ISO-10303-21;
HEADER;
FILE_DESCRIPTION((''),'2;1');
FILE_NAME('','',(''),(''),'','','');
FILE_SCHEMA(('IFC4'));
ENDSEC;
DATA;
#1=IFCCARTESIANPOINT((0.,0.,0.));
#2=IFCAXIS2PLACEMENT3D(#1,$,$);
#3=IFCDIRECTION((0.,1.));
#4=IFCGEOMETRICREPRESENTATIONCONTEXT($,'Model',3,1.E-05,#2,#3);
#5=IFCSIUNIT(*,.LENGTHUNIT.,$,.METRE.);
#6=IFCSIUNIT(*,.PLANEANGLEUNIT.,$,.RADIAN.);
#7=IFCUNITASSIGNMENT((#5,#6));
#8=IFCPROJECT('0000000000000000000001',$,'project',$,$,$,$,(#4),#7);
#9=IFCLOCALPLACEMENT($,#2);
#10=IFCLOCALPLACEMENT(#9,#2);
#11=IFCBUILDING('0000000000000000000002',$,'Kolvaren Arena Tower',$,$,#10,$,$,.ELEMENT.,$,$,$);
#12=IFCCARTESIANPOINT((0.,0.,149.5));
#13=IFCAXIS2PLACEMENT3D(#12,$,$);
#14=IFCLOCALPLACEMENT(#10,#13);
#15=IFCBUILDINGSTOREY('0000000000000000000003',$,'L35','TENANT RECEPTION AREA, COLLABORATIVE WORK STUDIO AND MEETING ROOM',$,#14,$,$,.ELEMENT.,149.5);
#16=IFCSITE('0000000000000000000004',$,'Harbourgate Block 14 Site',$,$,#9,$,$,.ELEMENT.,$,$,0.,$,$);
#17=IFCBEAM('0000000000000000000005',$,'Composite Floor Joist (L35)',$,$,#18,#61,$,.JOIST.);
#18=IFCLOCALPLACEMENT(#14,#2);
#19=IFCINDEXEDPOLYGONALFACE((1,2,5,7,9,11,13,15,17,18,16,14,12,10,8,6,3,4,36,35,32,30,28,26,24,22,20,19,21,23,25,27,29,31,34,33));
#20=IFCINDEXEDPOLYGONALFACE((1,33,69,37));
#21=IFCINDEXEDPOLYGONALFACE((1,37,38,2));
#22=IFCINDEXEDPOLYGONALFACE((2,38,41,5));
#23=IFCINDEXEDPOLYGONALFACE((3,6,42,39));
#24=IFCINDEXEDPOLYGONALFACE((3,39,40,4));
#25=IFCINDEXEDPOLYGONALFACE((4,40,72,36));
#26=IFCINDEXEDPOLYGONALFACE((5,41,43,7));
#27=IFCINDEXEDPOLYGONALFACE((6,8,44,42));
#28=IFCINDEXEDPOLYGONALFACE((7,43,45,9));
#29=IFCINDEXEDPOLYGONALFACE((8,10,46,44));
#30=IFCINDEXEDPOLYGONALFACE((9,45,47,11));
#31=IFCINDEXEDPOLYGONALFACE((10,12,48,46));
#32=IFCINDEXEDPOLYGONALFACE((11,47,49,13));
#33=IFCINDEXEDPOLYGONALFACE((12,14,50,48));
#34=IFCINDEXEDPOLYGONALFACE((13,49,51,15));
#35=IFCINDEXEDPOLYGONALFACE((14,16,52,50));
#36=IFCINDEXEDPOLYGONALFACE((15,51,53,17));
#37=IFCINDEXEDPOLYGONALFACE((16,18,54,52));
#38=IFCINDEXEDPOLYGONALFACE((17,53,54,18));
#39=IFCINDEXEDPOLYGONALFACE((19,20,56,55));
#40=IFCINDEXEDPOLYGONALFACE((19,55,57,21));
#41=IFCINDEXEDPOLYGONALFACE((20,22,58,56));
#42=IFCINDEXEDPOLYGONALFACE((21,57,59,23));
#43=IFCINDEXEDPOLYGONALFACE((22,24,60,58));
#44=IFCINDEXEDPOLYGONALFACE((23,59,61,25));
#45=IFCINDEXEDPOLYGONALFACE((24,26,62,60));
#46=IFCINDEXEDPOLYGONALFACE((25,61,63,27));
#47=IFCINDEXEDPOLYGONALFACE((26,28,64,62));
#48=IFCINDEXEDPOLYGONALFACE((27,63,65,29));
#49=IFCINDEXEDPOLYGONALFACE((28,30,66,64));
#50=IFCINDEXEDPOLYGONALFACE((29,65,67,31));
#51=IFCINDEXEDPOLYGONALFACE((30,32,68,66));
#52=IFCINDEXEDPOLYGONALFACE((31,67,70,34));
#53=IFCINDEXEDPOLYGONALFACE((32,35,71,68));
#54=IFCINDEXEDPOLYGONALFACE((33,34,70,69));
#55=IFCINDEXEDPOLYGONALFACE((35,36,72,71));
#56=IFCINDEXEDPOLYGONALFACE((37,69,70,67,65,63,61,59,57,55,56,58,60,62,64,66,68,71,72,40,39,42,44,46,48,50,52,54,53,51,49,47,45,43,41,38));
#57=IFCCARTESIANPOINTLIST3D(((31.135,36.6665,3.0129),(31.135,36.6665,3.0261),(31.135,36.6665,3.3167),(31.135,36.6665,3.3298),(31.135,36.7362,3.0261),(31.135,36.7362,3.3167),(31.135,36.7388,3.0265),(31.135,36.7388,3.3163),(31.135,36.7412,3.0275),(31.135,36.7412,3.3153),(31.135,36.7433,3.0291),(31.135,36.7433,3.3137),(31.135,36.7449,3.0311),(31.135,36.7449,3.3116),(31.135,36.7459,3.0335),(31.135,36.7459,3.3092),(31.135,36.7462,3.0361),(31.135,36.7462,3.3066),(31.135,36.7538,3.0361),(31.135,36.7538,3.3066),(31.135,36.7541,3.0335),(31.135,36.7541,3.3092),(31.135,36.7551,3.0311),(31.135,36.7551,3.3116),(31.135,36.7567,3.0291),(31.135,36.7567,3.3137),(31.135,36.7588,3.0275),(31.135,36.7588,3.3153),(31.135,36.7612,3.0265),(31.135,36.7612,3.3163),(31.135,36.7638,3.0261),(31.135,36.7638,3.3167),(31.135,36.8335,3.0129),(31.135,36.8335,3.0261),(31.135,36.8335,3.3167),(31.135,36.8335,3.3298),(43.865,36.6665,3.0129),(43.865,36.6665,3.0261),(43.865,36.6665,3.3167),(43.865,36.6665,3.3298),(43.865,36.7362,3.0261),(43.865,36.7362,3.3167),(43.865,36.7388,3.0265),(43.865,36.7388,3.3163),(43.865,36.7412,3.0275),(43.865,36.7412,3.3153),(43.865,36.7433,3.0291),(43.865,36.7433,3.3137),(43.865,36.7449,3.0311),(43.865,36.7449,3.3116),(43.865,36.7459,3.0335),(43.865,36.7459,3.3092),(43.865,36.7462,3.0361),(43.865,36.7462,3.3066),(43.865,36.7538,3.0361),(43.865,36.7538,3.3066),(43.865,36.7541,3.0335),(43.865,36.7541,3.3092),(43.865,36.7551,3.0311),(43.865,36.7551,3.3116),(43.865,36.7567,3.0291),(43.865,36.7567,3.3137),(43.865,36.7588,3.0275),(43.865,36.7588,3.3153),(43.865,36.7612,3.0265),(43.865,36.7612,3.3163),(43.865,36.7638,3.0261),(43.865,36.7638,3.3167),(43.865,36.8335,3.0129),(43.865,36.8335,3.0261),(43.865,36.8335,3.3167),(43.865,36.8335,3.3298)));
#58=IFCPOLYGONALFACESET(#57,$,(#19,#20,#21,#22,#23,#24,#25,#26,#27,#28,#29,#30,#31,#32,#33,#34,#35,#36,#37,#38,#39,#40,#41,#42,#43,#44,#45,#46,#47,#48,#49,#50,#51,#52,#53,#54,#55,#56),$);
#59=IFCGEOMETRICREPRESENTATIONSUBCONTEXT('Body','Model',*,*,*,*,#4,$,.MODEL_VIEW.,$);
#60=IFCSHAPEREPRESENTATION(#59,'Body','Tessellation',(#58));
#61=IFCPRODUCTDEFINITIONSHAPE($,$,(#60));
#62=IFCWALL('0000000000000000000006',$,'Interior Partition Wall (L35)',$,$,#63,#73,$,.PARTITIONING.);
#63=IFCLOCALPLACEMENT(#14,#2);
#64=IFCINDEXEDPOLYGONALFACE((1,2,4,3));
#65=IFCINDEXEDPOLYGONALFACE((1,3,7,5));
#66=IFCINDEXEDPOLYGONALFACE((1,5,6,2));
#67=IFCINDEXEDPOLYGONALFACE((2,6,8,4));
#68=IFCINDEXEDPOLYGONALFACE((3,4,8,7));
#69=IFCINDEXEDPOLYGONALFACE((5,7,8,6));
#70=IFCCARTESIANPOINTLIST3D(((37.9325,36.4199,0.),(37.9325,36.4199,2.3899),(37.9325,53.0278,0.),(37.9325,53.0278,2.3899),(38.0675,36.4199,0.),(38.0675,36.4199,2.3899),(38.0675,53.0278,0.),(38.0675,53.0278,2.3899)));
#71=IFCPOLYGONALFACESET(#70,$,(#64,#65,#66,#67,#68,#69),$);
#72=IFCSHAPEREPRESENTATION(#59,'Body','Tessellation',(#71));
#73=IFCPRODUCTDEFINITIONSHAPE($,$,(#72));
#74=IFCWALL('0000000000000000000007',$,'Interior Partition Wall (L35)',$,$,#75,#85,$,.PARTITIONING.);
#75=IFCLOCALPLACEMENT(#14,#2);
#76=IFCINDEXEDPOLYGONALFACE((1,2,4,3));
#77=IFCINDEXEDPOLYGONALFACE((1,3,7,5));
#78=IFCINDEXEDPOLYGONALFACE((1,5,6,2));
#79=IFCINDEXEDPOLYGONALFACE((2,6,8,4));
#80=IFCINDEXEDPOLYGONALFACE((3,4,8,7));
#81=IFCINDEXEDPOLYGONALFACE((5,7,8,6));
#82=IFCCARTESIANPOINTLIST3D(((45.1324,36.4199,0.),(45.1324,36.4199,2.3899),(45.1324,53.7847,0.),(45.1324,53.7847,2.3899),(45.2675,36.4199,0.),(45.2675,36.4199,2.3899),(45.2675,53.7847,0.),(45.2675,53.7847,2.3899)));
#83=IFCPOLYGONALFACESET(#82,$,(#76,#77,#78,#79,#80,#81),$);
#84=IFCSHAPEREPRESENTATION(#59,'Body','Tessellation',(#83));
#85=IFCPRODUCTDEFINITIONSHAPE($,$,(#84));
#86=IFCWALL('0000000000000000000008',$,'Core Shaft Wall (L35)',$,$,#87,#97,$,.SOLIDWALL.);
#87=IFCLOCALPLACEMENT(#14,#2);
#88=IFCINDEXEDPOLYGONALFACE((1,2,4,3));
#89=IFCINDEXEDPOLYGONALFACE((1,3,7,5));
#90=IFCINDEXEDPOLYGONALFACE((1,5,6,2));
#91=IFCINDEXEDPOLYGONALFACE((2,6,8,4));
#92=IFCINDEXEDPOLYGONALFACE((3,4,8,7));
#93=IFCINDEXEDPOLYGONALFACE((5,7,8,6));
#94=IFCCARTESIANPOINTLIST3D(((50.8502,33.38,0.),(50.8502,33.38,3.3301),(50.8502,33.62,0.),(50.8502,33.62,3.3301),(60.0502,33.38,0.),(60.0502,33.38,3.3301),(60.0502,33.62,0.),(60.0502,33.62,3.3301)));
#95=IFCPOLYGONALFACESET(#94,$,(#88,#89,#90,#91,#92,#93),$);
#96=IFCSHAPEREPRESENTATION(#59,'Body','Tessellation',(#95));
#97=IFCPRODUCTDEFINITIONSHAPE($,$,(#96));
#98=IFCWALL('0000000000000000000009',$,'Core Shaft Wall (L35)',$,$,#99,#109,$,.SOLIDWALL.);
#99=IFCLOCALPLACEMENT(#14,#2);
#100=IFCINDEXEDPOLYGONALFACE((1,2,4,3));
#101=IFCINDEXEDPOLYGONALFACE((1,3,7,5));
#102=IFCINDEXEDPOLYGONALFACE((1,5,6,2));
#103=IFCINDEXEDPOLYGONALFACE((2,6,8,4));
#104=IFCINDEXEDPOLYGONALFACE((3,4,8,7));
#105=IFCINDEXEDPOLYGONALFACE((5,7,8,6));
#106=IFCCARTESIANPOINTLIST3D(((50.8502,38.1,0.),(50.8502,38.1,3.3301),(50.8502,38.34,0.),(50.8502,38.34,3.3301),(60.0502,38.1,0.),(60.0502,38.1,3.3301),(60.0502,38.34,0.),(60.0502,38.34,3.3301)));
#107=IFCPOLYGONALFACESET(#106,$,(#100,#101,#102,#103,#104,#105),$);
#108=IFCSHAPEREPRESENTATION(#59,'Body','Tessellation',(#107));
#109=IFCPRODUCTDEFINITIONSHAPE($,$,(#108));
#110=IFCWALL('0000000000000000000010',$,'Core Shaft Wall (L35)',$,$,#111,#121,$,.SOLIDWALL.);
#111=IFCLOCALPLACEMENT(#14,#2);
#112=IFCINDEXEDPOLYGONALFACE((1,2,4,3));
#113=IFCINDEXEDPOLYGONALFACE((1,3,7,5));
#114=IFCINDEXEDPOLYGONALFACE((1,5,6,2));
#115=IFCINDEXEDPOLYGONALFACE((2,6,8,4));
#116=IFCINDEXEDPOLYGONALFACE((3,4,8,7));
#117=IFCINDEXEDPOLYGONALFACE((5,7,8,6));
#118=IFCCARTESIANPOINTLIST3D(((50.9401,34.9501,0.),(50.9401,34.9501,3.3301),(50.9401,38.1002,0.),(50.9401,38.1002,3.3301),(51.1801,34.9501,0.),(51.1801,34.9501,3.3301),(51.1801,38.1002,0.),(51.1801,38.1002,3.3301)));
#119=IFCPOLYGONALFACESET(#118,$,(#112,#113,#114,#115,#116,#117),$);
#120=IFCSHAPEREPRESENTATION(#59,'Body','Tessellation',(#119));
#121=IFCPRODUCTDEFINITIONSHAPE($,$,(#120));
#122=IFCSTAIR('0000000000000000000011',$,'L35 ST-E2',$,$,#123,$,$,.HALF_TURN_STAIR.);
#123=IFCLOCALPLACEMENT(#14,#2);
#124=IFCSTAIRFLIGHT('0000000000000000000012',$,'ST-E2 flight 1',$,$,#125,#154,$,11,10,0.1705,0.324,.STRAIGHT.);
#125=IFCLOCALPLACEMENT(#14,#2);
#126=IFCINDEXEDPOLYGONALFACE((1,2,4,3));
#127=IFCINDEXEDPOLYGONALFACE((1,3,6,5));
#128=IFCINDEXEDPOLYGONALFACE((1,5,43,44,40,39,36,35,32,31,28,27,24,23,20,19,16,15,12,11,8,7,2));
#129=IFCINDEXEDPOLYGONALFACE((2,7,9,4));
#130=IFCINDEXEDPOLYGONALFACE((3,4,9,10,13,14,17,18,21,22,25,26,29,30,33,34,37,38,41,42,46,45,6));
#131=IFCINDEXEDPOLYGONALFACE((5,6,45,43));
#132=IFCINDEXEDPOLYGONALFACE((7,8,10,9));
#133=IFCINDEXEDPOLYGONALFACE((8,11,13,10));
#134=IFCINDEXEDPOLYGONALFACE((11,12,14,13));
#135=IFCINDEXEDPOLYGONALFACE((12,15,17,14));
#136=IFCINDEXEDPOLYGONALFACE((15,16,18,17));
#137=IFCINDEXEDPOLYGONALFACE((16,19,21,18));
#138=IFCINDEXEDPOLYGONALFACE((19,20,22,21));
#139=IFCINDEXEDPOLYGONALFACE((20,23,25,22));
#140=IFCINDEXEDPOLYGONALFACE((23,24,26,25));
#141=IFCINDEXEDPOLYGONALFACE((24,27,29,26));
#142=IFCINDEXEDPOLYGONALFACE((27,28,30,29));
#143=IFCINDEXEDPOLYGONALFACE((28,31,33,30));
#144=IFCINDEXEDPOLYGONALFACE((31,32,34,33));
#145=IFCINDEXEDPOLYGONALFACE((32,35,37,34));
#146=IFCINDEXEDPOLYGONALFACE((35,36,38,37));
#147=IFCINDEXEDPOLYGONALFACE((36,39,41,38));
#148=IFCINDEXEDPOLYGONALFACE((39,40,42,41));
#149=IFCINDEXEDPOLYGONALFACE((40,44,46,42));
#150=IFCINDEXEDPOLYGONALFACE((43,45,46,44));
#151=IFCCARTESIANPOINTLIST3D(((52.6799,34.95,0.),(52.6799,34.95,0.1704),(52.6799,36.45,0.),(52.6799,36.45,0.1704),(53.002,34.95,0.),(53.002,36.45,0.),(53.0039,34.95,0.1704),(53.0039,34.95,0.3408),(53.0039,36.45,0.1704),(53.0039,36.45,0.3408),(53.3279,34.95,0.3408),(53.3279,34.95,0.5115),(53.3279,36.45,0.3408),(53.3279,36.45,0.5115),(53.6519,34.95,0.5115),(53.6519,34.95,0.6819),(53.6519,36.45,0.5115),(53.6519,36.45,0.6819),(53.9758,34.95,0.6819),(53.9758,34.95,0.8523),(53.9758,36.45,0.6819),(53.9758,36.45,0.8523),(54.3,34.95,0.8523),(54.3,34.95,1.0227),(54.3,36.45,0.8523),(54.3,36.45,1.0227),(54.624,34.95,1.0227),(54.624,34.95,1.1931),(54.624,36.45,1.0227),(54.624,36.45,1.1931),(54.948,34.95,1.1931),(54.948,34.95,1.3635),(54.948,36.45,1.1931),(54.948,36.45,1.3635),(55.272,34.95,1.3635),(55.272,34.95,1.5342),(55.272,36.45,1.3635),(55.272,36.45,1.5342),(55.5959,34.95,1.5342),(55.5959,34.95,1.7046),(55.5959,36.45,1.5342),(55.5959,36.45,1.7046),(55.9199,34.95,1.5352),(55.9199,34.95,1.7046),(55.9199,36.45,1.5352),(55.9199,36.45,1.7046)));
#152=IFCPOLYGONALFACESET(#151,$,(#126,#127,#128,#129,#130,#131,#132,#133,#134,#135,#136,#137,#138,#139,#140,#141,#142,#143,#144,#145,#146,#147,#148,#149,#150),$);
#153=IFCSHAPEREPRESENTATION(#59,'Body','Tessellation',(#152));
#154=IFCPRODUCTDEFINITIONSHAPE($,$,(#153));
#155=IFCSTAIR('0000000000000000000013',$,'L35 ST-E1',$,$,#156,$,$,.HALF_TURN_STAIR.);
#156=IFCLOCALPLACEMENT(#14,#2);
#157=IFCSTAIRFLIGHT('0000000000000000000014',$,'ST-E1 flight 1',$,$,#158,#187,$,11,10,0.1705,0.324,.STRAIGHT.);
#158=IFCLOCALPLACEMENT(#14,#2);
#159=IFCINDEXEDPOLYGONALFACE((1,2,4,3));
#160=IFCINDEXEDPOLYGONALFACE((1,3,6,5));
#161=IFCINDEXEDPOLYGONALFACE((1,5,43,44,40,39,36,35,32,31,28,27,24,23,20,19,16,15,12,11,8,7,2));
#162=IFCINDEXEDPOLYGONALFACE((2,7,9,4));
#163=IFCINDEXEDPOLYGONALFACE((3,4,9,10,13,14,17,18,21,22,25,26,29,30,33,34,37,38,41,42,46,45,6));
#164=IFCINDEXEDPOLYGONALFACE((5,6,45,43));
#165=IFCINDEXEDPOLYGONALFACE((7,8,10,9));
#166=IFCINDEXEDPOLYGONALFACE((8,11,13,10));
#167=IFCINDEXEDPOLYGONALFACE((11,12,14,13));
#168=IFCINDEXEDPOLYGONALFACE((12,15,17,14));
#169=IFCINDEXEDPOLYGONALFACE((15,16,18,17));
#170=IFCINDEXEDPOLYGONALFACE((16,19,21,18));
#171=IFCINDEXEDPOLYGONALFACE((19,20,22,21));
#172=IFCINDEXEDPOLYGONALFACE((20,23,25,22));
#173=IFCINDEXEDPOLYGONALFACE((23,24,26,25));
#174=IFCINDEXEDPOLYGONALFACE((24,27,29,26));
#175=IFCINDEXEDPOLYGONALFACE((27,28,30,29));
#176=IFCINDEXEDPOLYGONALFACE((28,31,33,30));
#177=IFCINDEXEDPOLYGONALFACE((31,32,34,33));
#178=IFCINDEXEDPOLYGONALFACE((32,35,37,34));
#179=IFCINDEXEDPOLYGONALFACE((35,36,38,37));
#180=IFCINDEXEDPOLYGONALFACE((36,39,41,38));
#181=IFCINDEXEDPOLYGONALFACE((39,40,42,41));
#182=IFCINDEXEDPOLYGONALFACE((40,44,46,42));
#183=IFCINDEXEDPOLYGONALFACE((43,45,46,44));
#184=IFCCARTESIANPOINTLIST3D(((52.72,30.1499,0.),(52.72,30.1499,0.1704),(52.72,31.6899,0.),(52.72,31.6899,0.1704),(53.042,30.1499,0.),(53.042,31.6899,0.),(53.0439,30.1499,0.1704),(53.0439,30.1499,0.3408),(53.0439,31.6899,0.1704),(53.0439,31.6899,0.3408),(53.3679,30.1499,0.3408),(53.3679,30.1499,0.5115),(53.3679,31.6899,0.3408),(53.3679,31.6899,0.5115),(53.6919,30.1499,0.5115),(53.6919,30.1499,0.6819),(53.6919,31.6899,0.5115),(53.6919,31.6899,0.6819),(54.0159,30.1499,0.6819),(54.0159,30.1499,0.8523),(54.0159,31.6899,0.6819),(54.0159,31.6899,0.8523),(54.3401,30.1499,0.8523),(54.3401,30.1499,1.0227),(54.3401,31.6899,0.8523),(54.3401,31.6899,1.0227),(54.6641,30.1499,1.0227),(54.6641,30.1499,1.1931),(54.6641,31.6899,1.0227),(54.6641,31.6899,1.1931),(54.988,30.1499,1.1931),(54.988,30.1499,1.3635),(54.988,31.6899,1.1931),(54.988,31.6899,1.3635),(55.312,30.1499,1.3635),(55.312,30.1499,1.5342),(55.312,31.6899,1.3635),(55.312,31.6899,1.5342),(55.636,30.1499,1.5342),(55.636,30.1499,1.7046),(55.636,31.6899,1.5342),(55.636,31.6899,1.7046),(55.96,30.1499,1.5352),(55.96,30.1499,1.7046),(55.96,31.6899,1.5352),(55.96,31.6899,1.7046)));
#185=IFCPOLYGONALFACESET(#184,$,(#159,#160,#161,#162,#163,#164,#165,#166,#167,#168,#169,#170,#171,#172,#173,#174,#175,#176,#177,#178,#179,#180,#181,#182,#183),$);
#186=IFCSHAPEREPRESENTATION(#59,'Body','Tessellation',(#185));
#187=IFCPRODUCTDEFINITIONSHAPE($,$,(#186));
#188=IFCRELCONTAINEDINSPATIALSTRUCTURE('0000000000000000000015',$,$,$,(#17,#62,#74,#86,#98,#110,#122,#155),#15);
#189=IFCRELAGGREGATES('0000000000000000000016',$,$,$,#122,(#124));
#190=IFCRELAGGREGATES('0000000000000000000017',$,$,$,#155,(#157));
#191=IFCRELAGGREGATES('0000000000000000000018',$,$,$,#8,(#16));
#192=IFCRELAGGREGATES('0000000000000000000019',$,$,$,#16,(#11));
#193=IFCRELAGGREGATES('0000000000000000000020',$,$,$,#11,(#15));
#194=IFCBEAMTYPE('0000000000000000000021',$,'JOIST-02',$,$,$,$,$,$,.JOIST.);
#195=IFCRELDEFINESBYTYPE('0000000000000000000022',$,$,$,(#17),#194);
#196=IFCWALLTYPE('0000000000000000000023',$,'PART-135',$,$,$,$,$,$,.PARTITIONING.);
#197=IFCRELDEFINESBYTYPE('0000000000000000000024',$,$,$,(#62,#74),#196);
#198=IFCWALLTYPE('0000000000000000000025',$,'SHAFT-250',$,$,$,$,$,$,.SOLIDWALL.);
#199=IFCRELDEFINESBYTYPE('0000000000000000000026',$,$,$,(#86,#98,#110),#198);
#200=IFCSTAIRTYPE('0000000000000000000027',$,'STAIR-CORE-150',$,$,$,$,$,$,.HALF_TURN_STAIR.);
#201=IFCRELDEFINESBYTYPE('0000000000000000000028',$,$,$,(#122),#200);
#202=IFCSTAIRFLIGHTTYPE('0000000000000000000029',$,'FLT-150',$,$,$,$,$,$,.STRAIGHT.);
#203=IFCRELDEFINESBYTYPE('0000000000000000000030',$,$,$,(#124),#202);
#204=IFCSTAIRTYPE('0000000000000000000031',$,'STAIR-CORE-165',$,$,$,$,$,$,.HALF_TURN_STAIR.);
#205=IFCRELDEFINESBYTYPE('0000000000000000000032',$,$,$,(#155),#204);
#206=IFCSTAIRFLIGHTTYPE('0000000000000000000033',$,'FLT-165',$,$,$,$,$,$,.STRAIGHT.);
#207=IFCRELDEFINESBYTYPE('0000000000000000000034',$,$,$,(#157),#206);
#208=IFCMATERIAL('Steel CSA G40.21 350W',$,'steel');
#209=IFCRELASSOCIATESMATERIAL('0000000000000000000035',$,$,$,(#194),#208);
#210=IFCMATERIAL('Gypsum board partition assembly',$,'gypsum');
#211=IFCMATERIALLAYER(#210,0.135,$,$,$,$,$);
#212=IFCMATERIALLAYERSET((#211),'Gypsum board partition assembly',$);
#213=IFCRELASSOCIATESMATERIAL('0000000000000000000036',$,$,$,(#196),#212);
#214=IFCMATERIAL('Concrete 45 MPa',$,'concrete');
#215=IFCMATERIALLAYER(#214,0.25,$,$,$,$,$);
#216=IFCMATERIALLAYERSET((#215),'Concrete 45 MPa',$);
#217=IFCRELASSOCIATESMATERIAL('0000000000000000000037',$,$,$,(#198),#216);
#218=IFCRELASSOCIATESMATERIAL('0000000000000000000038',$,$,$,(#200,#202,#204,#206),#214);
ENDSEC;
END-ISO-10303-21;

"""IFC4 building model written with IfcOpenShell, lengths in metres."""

from ifc_helpers import new_model, si_unit, direction, frame, frame_2d, origin, origin_2d, place, context, subcontext, project, spatial, polyline, rectangle, i_section, outline, extrude, material, layer, layer_set, material_profile, profile_set, type_object, element, aggregate, save


model = new_model("IFC4")

# Units and contexts
model_context = context("Model", 3, precision=1e-05, world=origin(), true_north=direction((0.0, 1.0)))
body_context = subcontext(model_context, "Body", "Model", "MODEL_VIEW")
ifc_project = project(units=[si_unit("LENGTHUNIT", "METRE"), si_unit("PLANEANGLEUNIT", "RADIAN")], contexts=[model_context])

# Site, building, storey
site_placement = place(None, origin())
site = spatial("IfcSite", under=ifc_project, at=site_placement, Name="Harbourgate Block 14 Site", CompositionType="ELEMENT", RefElevation=0.0)
building_placement = place(site_placement, origin())
building = spatial("IfcBuilding", under=site, at=building_placement, Name="Kolvaren Arena Tower", CompositionType="ELEMENT")
storey_placement = place(building_placement, frame((0.0, 0.0, 149.5)))
storey = spatial("IfcBuildingStorey", under=building, at=storey_placement, Name="L35", Description="TENANT RECEPTION AREA, COLLABORATIVE WORK STUDIO AND MEETING ROOM", CompositionType="ELEMENT", Elevation=149.5)

# Beam
ifc_material_1 = material(Name="Steel CSA G40.21 350W", Category="steel")
ifc_material_profile_1 = material_profile(ifc_material_1, i_section(OverallWidth=0.167, OverallDepth=0.3169, WebThickness=0.0076, FlangeThickness=0.0132, FilletRadius=0.01, at=origin_2d()), Name="W310x52")
ifc_profile_set_1 = profile_set([ifc_material_profile_1], Name="Steel CSA G40.21 350W")
beam_type_1 = type_object("IfcBeamType", Name="JOIST-02", PredefinedType="JOIST", material=ifc_profile_set_1)
beam_1_placement = place(storey_placement, frame((31.135, 36.75, 3.1714), z_axis=(1.0, 0.0, 0.0), x_axis=(0.0, 1.0, 0.0)))
element("IfcBeam", 1, at=beam_1_placement, inside=storey, type_object=beam_type_1, Name="Composite Floor Joist (L35)", PredefinedType="JOIST", context=body_context, shape_type="SweptSolid", body=[
    extrude(i_section(OverallWidth=0.167, OverallDepth=0.3169, WebThickness=0.0076, FlangeThickness=0.0132, FilletRadius=0.01, at=origin_2d()), origin(), (0.0, 0.0, 1.0), 12.73),
])

# Walls
ifc_material_2 = material(Name="Gypsum board partition assembly", Category="gypsum")
ifc_layer_1 = layer(ifc_material_2, 0.135)
ifc_layer_set_1 = layer_set([ifc_layer_1], Name="Gypsum board partition assembly")
wall_type_1 = type_object("IfcWallType", Name="PART-135", PredefinedType="PARTITIONING", material=ifc_layer_set_1)
wall_1_placement = place(storey_placement, frame((38.0, 36.4199, 0.0), z_axis=(0.0, 0.0, 1.0), x_axis=(0.0, 1.0, 0.0)))
element("IfcWall", 2, at=wall_1_placement, inside=storey, type_object=wall_type_1, Name="Interior Partition Wall (L35)", PredefinedType="PARTITIONING", context=body_context, shape_type="SweptSolid", body=[
    extrude(rectangle(XDim=16.6079, YDim=0.135, at=frame_2d((8.304, 0.0))), origin(), (0.0, 0.0, 1.0), 2.3899),
])
wall_2_placement = place(storey_placement, frame((45.2, 36.4199, 0.0), z_axis=(0.0, 0.0, 1.0), x_axis=(0.0, 1.0, 0.0)))
element("IfcWall", 3, at=wall_2_placement, inside=storey, type_object=wall_type_1, Name="Interior Partition Wall (L35)", PredefinedType="PARTITIONING", context=body_context, shape_type="SweptSolid", body=[
    extrude(rectangle(XDim=17.3647, YDim=0.135, at=frame_2d((8.6824, 0.0))), origin(), (0.0, 0.0, 1.0), 2.3899),
])
ifc_material_3 = material(Name="Concrete 45 MPa", Category="concrete")
ifc_layer_2 = layer(ifc_material_3, 0.25)
ifc_layer_set_2 = layer_set([ifc_layer_2], Name="Concrete 45 MPa")
wall_type_2 = type_object("IfcWallType", Name="SHAFT-250", PredefinedType="SOLIDWALL", material=ifc_layer_set_2)
for number, where, z_axis, x_axis, name in (
    (4, (50.8501, 33.5, 0.0), (0.0, 0.0, 1.0), (1.0, 0.0, 0.0), "Core Shaft Wall (L35)"),
    (5, (50.8501, 38.22, 0.0), (0.0, 0.0, 1.0), (1.0, 0.0, 0.0), "Core Shaft Wall (L35)"),
):
    element("IfcWall", number, at=place(storey_placement, frame(where, z_axis=z_axis, x_axis=x_axis)), inside=storey, type_object=wall_type_2, Name=name, PredefinedType="SOLIDWALL", context=body_context, shape_type="SweptSolid", body=[
        extrude(rectangle(XDim=9.2, YDim=0.24, at=frame_2d((4.6001, 0.0))), origin(), (0.0, 0.0, 1.0), 3.3301),
    ])
wall_3_placement = place(storey_placement, frame((51.0601, 34.95, 0.0), z_axis=(0.0, 0.0, 1.0), x_axis=(0.0, 1.0, 0.0)))
element("IfcWall", 6, at=wall_3_placement, inside=storey, type_object=wall_type_2, Name="Core Shaft Wall (L35)", PredefinedType="SOLIDWALL", context=body_context, shape_type="SweptSolid", body=[
    extrude(rectangle(XDim=3.1501, YDim=0.24, at=frame_2d((1.5752, 0.0))), origin(), (0.0, 0.0, 1.0), 3.3301),
])

# Stairs, stair flights
stair_type_1 = type_object("IfcStairType", Name="STAIR-CORE-150", PredefinedType="HALF_TURN_STAIR", material=ifc_material_3)
stair_1_placement = place(storey_placement, origin())
stair_1 = element("IfcStair", 7, at=stair_1_placement, inside=storey, type_object=stair_type_1, Name="L35 ST-E2", PredefinedType="HALF_TURN_STAIR")
stair_flight_type_1 = type_object("IfcStairFlightType", Name="FLT-150", PredefinedType="STRAIGHT", material=ifc_material_3)
stair_flight_1_placement = place(storey_placement, frame((52.6799, 35.7, 0.0), z_axis=(0.0, 0.0, 1.0), x_axis=(1.0, 0.0, 0.0)))
stair_flight_1 = element("IfcStairFlight", 8, at=stair_flight_1_placement, type_object=stair_flight_type_1, Name="ST-E2 flight 1", NumberOfRisers=11, NumberOfTreads=10, PredefinedType="STRAIGHT", RiserHeight=0.1705, TreadLength=0.324, context=body_context, shape_type="SweptSolid", body=[
    extrude(outline(polyline([(0.0, 0.0), (0.0, 0.1704), (0.324, 0.1704), (0.324, 0.3408), (0.6479, 0.3408), (0.6479, 0.5115), (0.9719, 0.5115), (0.9719, 0.6819), (1.2959, 0.6819), (1.2959, 0.8523), (1.6201, 0.8523), (1.6201, 1.0227), (1.9441, 1.0227), (1.9441, 1.1931), (2.2681, 1.1931), (2.2681, 1.3635), (2.592, 1.3635), (2.592, 1.5342), (2.916, 1.5342), (2.916, 1.7046), (3.24, 1.7046), (3.24, 1.875), (3.24, 1.5352), (0.322, 0.0), (0.0, 0.0)])), frame((0.0, 0.75, 0.0), z_axis=(0.0, -1.0, 0.0), x_axis=(1.0, 0.0, 0.0)), (0.0, 0.0, 1.0), 1.5),
])
aggregate(stair_1, [stair_flight_1])
stair_type_2 = type_object("IfcStairType", Name="STAIR-CORE-165", PredefinedType="HALF_TURN_STAIR", material=ifc_material_3)
stair_2_placement = place(storey_placement, origin())
stair_2 = element("IfcStair", 9, at=stair_2_placement, inside=storey, type_object=stair_type_2, Name="L35 ST-E1", PredefinedType="HALF_TURN_STAIR")
stair_flight_type_2 = type_object("IfcStairFlightType", Name="FLT-165", PredefinedType="STRAIGHT", material=ifc_material_3)
stair_flight_2_placement = place(storey_placement, frame((52.72, 30.9199, 0.0), z_axis=(0.0, 0.0, 1.0), x_axis=(1.0, 0.0, 0.0)))
stair_flight_2 = element("IfcStairFlight", 10, at=stair_flight_2_placement, type_object=stair_flight_type_2, Name="ST-E1 flight 1", NumberOfRisers=11, NumberOfTreads=10, PredefinedType="STRAIGHT", RiserHeight=0.1705, TreadLength=0.324, context=body_context, shape_type="SweptSolid", body=[
    extrude(outline(polyline([(0.0, 0.0), (0.0, 0.1704), (0.324, 0.1704), (0.324, 0.3408), (0.6479, 0.3408), (0.6479, 0.5115), (0.9719, 0.5115), (0.9719, 0.6819), (1.2959, 0.6819), (1.2959, 0.8523), (1.6201, 0.8523), (1.6201, 1.0227), (1.9441, 1.0227), (1.9441, 1.1931), (2.2681, 1.1931), (2.2681, 1.3635), (2.592, 1.3635), (2.592, 1.5342), (2.916, 1.5342), (2.916, 1.7046), (3.24, 1.7046), (3.24, 1.875), (3.24, 1.5352), (0.322, 0.0), (0.0, 0.0)])), frame((0.0, 0.77, 0.0), z_axis=(0.0, -1.0, 0.0), x_axis=(1.0, 0.0, 0.0)), (0.0, 0.0, 1.0), 1.54),
])
aggregate(stair_2, [stair_flight_2])

save(model, "model.ifc")
